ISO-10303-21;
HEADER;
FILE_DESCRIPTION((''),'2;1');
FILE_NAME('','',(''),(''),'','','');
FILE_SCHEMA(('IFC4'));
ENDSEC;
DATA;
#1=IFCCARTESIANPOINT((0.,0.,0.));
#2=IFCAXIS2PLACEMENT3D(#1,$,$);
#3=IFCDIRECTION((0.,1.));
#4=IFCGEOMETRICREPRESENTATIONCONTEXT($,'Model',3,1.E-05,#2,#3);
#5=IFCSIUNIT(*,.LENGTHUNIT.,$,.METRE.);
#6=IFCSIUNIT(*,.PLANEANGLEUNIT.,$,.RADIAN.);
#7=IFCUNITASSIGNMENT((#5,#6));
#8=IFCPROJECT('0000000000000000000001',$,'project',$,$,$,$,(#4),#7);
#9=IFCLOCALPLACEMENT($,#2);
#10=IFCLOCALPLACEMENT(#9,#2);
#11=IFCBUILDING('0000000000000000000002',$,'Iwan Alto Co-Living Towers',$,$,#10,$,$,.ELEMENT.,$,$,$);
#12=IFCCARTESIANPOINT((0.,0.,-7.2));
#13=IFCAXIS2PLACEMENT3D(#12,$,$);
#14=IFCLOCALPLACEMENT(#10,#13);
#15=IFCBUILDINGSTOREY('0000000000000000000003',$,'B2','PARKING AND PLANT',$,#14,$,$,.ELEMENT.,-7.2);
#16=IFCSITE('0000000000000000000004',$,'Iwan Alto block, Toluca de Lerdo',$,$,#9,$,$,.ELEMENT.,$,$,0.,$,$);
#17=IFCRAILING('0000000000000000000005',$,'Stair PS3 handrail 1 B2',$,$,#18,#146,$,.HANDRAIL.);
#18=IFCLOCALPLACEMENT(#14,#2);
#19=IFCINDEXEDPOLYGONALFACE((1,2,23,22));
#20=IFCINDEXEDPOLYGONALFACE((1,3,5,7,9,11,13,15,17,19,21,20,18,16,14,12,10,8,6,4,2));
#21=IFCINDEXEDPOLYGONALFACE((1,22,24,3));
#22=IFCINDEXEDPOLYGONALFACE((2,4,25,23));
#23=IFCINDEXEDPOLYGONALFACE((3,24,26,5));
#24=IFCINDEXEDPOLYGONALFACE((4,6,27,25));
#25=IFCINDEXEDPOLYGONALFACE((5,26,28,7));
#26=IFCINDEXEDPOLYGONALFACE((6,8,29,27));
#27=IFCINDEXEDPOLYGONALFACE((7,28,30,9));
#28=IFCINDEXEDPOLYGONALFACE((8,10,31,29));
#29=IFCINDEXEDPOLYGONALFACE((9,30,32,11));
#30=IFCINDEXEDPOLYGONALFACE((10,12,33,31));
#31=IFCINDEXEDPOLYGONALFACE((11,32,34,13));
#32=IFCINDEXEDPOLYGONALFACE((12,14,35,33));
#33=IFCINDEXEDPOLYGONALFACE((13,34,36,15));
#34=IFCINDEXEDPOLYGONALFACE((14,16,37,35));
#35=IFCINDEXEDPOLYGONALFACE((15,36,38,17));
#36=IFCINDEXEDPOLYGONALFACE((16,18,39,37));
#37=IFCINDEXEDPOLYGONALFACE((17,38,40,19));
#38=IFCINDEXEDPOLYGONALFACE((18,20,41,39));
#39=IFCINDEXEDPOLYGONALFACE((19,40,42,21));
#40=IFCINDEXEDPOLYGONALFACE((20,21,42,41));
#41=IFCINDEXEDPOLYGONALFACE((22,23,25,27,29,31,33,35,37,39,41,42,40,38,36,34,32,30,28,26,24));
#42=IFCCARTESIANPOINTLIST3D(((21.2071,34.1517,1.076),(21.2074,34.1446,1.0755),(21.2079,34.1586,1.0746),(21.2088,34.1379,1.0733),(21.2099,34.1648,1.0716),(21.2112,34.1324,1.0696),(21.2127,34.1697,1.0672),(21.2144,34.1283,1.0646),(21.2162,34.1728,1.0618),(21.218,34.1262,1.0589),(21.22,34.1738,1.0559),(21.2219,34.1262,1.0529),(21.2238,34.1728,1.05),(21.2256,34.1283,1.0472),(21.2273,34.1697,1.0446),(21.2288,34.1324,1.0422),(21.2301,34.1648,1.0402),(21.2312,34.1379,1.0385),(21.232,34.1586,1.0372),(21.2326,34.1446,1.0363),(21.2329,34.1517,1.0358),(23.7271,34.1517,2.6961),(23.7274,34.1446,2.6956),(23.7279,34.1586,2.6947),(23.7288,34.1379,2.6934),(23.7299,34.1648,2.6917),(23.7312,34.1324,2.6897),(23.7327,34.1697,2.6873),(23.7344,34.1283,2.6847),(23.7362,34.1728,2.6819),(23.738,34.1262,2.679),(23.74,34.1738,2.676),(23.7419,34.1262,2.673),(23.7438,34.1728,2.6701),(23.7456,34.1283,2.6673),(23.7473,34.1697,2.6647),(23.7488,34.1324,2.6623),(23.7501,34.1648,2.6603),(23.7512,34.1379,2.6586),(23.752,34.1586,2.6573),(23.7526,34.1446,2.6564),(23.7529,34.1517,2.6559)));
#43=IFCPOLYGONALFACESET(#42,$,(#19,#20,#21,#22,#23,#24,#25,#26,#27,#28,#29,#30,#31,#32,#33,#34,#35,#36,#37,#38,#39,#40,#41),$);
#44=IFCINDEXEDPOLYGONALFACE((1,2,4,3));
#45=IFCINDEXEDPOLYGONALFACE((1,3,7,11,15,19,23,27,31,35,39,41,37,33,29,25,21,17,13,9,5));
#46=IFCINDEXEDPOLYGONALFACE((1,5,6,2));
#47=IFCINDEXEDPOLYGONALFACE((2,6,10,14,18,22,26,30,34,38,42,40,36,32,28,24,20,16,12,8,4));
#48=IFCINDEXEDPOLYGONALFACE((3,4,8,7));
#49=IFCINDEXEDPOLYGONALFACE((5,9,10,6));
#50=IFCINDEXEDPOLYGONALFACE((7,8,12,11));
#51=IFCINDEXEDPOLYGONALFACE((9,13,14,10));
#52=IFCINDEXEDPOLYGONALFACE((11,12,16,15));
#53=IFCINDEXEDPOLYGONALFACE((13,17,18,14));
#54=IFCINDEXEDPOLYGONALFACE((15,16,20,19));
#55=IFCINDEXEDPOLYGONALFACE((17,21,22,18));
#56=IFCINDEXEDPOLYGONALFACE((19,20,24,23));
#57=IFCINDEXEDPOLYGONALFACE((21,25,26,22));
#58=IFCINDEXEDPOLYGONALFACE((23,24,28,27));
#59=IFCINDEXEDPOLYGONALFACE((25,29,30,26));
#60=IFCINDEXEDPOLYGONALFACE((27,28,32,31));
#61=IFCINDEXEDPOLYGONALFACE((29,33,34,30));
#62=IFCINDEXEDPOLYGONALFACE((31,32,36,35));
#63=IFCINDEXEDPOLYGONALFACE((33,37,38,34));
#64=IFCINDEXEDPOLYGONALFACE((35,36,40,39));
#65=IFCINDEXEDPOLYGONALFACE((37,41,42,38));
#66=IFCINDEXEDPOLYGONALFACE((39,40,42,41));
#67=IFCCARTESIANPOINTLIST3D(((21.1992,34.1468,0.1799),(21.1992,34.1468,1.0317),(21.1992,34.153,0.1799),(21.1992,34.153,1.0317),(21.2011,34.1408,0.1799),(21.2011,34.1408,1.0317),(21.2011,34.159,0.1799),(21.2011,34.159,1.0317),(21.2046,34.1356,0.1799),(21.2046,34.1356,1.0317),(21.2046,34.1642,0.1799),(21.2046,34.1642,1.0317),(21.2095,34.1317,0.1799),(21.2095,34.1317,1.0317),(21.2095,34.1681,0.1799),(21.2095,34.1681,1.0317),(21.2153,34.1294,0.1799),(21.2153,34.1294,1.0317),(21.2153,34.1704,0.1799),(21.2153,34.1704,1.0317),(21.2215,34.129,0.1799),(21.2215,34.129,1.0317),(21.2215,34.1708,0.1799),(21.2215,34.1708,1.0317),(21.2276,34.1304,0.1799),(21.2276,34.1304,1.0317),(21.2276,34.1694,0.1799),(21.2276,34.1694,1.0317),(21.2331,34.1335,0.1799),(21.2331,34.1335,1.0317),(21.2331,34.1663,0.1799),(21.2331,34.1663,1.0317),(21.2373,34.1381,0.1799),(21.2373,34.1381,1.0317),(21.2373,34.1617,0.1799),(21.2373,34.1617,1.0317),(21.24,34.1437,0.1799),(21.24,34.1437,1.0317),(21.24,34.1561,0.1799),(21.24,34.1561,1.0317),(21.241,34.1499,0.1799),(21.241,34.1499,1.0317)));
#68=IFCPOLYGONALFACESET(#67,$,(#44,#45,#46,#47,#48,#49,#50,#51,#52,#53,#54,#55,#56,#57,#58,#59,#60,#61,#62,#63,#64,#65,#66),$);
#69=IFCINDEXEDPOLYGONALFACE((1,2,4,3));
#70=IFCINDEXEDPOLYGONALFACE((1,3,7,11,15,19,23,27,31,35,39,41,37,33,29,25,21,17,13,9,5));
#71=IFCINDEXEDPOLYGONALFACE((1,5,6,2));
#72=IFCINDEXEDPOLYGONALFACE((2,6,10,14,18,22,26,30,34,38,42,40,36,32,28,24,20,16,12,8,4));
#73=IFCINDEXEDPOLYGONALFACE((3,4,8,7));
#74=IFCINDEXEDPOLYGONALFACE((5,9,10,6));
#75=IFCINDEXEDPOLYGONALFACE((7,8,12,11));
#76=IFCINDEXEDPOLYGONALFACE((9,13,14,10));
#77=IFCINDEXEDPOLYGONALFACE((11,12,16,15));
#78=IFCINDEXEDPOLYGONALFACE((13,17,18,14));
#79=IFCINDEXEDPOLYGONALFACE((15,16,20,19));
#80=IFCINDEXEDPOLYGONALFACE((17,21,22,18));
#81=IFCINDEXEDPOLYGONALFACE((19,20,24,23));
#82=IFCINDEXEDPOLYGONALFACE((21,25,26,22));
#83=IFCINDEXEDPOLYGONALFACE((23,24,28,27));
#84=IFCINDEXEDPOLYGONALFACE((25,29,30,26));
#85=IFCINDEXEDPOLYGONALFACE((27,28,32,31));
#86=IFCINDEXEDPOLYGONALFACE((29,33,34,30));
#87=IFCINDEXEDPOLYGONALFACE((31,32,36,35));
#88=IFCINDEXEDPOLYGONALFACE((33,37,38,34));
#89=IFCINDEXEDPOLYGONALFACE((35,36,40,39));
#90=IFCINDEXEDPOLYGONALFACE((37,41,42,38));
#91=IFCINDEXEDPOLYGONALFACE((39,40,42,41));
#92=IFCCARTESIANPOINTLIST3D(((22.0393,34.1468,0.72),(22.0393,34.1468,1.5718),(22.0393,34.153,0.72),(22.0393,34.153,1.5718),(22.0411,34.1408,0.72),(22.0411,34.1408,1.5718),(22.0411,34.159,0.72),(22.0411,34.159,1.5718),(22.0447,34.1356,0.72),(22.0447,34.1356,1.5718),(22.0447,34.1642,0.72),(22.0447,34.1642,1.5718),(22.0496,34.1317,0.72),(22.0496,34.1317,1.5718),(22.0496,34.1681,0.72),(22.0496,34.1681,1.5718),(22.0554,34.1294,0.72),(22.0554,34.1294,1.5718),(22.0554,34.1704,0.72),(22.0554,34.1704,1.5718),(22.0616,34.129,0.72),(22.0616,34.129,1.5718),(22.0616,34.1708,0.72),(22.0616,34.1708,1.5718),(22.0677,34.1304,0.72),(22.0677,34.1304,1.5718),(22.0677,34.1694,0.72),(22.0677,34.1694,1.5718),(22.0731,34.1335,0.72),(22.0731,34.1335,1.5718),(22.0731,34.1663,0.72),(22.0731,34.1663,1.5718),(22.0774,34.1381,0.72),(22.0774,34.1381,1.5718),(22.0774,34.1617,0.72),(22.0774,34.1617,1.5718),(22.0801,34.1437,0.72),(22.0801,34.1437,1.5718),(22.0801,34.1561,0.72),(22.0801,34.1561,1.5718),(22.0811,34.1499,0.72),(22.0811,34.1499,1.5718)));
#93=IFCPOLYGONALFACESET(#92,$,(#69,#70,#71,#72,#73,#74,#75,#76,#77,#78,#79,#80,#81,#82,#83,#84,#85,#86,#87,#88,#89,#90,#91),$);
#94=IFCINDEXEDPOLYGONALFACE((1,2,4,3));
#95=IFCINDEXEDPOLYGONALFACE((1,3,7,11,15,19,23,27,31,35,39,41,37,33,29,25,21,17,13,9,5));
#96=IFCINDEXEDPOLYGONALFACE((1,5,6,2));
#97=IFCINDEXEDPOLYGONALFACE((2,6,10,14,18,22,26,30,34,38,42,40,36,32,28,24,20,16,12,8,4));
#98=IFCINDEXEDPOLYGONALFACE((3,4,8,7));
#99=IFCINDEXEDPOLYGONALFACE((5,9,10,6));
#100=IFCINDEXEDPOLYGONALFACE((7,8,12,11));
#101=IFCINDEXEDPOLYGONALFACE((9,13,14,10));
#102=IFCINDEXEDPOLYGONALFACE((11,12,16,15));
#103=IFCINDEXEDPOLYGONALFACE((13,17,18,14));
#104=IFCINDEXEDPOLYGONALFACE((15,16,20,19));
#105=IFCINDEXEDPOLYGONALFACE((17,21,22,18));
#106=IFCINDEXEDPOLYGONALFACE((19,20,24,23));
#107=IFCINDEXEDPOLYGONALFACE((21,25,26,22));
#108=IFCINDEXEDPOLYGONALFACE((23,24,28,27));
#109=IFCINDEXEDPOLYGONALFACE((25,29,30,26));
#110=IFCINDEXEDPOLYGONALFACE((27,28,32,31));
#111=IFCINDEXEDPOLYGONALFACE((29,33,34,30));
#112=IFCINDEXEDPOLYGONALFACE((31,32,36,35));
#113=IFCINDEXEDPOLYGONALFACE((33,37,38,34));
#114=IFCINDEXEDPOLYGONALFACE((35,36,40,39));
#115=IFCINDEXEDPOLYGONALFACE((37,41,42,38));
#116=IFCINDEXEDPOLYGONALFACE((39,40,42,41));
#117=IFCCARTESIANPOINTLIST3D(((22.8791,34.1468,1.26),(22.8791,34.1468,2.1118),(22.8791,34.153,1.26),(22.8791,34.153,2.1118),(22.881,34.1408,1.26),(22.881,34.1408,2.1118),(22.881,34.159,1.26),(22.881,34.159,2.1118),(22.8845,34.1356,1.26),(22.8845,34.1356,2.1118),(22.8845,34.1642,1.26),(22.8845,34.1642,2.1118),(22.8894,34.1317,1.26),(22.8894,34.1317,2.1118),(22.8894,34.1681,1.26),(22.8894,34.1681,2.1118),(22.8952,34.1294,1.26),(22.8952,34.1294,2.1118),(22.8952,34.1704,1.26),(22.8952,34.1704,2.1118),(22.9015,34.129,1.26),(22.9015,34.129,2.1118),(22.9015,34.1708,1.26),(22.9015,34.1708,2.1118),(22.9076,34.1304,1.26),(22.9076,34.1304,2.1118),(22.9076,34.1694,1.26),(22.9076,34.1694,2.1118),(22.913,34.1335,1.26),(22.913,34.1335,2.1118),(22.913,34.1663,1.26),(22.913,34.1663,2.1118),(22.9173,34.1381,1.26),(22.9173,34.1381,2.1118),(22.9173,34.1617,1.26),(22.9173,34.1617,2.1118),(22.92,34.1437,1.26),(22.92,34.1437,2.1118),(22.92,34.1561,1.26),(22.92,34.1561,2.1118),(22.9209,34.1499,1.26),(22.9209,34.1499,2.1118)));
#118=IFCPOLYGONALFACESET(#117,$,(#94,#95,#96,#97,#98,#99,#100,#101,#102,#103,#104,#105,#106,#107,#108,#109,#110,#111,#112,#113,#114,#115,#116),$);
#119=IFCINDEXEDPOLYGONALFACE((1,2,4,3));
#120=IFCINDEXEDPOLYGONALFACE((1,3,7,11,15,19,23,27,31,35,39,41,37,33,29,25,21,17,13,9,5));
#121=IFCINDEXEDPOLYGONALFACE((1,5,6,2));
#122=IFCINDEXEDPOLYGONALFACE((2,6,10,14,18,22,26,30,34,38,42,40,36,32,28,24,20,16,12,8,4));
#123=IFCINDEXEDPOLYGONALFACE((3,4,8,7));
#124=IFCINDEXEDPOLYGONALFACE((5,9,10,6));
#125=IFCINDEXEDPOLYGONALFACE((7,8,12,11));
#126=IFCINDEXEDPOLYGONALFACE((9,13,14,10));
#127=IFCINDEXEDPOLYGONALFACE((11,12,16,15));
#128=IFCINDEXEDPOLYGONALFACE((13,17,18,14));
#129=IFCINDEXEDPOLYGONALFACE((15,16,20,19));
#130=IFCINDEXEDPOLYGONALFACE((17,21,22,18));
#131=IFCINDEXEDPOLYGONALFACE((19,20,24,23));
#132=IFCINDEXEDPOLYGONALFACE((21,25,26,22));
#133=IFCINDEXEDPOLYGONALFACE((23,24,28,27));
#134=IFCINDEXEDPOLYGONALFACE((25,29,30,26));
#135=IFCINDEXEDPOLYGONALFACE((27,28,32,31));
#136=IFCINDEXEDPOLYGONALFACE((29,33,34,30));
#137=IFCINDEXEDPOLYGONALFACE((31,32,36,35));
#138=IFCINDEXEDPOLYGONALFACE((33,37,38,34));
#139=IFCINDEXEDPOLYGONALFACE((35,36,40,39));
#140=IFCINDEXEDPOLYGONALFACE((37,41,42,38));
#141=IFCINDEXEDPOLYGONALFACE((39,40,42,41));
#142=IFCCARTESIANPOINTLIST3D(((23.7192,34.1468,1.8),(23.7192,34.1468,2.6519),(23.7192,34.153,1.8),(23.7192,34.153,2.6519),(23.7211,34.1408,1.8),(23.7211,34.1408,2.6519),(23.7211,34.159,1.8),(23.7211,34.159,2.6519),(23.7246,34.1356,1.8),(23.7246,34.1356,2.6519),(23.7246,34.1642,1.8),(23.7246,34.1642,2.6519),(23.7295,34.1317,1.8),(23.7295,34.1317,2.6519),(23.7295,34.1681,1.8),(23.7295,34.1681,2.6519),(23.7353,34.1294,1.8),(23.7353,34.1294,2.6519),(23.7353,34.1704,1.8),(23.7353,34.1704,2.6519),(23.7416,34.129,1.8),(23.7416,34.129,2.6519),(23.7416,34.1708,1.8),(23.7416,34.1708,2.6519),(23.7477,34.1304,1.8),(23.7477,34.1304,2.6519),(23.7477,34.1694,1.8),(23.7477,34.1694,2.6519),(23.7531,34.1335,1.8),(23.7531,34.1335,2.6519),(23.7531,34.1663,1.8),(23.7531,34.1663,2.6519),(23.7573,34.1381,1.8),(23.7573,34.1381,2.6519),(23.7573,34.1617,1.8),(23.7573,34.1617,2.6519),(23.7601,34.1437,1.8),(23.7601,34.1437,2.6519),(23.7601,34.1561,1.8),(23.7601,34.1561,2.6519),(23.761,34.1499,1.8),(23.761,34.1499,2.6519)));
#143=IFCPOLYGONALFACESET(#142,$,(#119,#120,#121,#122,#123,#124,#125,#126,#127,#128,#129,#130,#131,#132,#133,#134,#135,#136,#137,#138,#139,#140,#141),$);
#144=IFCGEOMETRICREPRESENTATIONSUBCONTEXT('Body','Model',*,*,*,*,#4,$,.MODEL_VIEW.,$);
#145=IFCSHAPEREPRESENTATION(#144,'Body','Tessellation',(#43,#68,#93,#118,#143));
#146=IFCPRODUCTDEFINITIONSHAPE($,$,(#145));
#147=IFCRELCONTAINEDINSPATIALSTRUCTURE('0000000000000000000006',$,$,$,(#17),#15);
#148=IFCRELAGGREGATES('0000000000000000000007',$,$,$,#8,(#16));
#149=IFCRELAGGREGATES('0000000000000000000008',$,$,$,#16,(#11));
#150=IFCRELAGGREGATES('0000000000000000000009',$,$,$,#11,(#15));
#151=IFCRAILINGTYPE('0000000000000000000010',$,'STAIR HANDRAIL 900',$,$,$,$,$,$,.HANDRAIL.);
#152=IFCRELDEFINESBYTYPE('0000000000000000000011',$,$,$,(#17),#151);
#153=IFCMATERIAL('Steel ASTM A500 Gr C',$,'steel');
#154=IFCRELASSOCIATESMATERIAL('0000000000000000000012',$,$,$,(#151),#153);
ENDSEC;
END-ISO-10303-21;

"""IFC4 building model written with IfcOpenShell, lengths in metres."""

from ifc_helpers import new_model, si_unit, direction, frame, origin, origin_2d, place, context, subcontext, project, spatial, circle, extrude, material, type_object, element, save


model = new_model("IFC4")

# Units and contexts
model_context = context("Model", 3, precision=1e-05, world=origin(), true_north=direction((0.0, 1.0)))
body_context = subcontext(model_context, "Body", "Model", "MODEL_VIEW")
ifc_project = project(units=[si_unit("LENGTHUNIT", "METRE"), si_unit("PLANEANGLEUNIT", "RADIAN")], contexts=[model_context])

# Site, building, storey
site_placement = place(None, origin())
site = spatial("IfcSite", under=ifc_project, at=site_placement, Name="Iwan Alto block, Toluca de Lerdo", CompositionType="ELEMENT", RefElevation=0.0)
building_placement = place(site_placement, origin())
building = spatial("IfcBuilding", under=site, at=building_placement, Name="Iwan Alto Co-Living Towers", CompositionType="ELEMENT")
storey_placement = place(building_placement, frame((0.0, 0.0, -7.2)))
storey = spatial("IfcBuildingStorey", under=building, at=storey_placement, Name="B2", Description="PARKING AND PLANT", CompositionType="ELEMENT", Elevation=-7.2)

# Railing
ifc_material_1 = material(Name="Steel ASTM A500 Gr C", Category="steel")
railing_type_1 = type_object("IfcRailingType", Name="STAIR HANDRAIL 900", PredefinedType="HANDRAIL", material=ifc_material_1)
railing_1_placement = place(storey_placement, frame((21.22, 34.1499, 0.1799)))
element("IfcRailing", 1, at=railing_1_placement, inside=storey, type_object=railing_type_1, Name="Stair PS3 handrail 1 B2", PredefinedType="HANDRAIL", context=body_context, shape_type="SweptSolid", body=[
    extrude(circle(Radius=0.0239, at=origin_2d()), frame((0.0, 0.0, 0.876), z_axis=(0.841163, 0.0, 0.540782), x_axis=(0.0, 1.0, 0.0)), (0.0, 0.0, 1.0), 2.9958),
    extrude(circle(Radius=0.021, at=origin_2d()), origin(), (0.0, 0.0, 1.0), 0.8518),
    extrude(circle(Radius=0.021, at=origin_2d()), frame((0.8401, 0.0, 0.54)), (0.0, 0.0, 1.0), 0.8518),
    extrude(circle(Radius=0.021, at=origin_2d()), frame((1.6799, 0.0, 1.0801)), (0.0, 0.0, 1.0), 0.8518),
    extrude(circle(Radius=0.021, at=origin_2d()), frame((2.52, 0.0, 1.6201)), (0.0, 0.0, 1.0), 0.8518),
])

save(model, "model.ifc")
